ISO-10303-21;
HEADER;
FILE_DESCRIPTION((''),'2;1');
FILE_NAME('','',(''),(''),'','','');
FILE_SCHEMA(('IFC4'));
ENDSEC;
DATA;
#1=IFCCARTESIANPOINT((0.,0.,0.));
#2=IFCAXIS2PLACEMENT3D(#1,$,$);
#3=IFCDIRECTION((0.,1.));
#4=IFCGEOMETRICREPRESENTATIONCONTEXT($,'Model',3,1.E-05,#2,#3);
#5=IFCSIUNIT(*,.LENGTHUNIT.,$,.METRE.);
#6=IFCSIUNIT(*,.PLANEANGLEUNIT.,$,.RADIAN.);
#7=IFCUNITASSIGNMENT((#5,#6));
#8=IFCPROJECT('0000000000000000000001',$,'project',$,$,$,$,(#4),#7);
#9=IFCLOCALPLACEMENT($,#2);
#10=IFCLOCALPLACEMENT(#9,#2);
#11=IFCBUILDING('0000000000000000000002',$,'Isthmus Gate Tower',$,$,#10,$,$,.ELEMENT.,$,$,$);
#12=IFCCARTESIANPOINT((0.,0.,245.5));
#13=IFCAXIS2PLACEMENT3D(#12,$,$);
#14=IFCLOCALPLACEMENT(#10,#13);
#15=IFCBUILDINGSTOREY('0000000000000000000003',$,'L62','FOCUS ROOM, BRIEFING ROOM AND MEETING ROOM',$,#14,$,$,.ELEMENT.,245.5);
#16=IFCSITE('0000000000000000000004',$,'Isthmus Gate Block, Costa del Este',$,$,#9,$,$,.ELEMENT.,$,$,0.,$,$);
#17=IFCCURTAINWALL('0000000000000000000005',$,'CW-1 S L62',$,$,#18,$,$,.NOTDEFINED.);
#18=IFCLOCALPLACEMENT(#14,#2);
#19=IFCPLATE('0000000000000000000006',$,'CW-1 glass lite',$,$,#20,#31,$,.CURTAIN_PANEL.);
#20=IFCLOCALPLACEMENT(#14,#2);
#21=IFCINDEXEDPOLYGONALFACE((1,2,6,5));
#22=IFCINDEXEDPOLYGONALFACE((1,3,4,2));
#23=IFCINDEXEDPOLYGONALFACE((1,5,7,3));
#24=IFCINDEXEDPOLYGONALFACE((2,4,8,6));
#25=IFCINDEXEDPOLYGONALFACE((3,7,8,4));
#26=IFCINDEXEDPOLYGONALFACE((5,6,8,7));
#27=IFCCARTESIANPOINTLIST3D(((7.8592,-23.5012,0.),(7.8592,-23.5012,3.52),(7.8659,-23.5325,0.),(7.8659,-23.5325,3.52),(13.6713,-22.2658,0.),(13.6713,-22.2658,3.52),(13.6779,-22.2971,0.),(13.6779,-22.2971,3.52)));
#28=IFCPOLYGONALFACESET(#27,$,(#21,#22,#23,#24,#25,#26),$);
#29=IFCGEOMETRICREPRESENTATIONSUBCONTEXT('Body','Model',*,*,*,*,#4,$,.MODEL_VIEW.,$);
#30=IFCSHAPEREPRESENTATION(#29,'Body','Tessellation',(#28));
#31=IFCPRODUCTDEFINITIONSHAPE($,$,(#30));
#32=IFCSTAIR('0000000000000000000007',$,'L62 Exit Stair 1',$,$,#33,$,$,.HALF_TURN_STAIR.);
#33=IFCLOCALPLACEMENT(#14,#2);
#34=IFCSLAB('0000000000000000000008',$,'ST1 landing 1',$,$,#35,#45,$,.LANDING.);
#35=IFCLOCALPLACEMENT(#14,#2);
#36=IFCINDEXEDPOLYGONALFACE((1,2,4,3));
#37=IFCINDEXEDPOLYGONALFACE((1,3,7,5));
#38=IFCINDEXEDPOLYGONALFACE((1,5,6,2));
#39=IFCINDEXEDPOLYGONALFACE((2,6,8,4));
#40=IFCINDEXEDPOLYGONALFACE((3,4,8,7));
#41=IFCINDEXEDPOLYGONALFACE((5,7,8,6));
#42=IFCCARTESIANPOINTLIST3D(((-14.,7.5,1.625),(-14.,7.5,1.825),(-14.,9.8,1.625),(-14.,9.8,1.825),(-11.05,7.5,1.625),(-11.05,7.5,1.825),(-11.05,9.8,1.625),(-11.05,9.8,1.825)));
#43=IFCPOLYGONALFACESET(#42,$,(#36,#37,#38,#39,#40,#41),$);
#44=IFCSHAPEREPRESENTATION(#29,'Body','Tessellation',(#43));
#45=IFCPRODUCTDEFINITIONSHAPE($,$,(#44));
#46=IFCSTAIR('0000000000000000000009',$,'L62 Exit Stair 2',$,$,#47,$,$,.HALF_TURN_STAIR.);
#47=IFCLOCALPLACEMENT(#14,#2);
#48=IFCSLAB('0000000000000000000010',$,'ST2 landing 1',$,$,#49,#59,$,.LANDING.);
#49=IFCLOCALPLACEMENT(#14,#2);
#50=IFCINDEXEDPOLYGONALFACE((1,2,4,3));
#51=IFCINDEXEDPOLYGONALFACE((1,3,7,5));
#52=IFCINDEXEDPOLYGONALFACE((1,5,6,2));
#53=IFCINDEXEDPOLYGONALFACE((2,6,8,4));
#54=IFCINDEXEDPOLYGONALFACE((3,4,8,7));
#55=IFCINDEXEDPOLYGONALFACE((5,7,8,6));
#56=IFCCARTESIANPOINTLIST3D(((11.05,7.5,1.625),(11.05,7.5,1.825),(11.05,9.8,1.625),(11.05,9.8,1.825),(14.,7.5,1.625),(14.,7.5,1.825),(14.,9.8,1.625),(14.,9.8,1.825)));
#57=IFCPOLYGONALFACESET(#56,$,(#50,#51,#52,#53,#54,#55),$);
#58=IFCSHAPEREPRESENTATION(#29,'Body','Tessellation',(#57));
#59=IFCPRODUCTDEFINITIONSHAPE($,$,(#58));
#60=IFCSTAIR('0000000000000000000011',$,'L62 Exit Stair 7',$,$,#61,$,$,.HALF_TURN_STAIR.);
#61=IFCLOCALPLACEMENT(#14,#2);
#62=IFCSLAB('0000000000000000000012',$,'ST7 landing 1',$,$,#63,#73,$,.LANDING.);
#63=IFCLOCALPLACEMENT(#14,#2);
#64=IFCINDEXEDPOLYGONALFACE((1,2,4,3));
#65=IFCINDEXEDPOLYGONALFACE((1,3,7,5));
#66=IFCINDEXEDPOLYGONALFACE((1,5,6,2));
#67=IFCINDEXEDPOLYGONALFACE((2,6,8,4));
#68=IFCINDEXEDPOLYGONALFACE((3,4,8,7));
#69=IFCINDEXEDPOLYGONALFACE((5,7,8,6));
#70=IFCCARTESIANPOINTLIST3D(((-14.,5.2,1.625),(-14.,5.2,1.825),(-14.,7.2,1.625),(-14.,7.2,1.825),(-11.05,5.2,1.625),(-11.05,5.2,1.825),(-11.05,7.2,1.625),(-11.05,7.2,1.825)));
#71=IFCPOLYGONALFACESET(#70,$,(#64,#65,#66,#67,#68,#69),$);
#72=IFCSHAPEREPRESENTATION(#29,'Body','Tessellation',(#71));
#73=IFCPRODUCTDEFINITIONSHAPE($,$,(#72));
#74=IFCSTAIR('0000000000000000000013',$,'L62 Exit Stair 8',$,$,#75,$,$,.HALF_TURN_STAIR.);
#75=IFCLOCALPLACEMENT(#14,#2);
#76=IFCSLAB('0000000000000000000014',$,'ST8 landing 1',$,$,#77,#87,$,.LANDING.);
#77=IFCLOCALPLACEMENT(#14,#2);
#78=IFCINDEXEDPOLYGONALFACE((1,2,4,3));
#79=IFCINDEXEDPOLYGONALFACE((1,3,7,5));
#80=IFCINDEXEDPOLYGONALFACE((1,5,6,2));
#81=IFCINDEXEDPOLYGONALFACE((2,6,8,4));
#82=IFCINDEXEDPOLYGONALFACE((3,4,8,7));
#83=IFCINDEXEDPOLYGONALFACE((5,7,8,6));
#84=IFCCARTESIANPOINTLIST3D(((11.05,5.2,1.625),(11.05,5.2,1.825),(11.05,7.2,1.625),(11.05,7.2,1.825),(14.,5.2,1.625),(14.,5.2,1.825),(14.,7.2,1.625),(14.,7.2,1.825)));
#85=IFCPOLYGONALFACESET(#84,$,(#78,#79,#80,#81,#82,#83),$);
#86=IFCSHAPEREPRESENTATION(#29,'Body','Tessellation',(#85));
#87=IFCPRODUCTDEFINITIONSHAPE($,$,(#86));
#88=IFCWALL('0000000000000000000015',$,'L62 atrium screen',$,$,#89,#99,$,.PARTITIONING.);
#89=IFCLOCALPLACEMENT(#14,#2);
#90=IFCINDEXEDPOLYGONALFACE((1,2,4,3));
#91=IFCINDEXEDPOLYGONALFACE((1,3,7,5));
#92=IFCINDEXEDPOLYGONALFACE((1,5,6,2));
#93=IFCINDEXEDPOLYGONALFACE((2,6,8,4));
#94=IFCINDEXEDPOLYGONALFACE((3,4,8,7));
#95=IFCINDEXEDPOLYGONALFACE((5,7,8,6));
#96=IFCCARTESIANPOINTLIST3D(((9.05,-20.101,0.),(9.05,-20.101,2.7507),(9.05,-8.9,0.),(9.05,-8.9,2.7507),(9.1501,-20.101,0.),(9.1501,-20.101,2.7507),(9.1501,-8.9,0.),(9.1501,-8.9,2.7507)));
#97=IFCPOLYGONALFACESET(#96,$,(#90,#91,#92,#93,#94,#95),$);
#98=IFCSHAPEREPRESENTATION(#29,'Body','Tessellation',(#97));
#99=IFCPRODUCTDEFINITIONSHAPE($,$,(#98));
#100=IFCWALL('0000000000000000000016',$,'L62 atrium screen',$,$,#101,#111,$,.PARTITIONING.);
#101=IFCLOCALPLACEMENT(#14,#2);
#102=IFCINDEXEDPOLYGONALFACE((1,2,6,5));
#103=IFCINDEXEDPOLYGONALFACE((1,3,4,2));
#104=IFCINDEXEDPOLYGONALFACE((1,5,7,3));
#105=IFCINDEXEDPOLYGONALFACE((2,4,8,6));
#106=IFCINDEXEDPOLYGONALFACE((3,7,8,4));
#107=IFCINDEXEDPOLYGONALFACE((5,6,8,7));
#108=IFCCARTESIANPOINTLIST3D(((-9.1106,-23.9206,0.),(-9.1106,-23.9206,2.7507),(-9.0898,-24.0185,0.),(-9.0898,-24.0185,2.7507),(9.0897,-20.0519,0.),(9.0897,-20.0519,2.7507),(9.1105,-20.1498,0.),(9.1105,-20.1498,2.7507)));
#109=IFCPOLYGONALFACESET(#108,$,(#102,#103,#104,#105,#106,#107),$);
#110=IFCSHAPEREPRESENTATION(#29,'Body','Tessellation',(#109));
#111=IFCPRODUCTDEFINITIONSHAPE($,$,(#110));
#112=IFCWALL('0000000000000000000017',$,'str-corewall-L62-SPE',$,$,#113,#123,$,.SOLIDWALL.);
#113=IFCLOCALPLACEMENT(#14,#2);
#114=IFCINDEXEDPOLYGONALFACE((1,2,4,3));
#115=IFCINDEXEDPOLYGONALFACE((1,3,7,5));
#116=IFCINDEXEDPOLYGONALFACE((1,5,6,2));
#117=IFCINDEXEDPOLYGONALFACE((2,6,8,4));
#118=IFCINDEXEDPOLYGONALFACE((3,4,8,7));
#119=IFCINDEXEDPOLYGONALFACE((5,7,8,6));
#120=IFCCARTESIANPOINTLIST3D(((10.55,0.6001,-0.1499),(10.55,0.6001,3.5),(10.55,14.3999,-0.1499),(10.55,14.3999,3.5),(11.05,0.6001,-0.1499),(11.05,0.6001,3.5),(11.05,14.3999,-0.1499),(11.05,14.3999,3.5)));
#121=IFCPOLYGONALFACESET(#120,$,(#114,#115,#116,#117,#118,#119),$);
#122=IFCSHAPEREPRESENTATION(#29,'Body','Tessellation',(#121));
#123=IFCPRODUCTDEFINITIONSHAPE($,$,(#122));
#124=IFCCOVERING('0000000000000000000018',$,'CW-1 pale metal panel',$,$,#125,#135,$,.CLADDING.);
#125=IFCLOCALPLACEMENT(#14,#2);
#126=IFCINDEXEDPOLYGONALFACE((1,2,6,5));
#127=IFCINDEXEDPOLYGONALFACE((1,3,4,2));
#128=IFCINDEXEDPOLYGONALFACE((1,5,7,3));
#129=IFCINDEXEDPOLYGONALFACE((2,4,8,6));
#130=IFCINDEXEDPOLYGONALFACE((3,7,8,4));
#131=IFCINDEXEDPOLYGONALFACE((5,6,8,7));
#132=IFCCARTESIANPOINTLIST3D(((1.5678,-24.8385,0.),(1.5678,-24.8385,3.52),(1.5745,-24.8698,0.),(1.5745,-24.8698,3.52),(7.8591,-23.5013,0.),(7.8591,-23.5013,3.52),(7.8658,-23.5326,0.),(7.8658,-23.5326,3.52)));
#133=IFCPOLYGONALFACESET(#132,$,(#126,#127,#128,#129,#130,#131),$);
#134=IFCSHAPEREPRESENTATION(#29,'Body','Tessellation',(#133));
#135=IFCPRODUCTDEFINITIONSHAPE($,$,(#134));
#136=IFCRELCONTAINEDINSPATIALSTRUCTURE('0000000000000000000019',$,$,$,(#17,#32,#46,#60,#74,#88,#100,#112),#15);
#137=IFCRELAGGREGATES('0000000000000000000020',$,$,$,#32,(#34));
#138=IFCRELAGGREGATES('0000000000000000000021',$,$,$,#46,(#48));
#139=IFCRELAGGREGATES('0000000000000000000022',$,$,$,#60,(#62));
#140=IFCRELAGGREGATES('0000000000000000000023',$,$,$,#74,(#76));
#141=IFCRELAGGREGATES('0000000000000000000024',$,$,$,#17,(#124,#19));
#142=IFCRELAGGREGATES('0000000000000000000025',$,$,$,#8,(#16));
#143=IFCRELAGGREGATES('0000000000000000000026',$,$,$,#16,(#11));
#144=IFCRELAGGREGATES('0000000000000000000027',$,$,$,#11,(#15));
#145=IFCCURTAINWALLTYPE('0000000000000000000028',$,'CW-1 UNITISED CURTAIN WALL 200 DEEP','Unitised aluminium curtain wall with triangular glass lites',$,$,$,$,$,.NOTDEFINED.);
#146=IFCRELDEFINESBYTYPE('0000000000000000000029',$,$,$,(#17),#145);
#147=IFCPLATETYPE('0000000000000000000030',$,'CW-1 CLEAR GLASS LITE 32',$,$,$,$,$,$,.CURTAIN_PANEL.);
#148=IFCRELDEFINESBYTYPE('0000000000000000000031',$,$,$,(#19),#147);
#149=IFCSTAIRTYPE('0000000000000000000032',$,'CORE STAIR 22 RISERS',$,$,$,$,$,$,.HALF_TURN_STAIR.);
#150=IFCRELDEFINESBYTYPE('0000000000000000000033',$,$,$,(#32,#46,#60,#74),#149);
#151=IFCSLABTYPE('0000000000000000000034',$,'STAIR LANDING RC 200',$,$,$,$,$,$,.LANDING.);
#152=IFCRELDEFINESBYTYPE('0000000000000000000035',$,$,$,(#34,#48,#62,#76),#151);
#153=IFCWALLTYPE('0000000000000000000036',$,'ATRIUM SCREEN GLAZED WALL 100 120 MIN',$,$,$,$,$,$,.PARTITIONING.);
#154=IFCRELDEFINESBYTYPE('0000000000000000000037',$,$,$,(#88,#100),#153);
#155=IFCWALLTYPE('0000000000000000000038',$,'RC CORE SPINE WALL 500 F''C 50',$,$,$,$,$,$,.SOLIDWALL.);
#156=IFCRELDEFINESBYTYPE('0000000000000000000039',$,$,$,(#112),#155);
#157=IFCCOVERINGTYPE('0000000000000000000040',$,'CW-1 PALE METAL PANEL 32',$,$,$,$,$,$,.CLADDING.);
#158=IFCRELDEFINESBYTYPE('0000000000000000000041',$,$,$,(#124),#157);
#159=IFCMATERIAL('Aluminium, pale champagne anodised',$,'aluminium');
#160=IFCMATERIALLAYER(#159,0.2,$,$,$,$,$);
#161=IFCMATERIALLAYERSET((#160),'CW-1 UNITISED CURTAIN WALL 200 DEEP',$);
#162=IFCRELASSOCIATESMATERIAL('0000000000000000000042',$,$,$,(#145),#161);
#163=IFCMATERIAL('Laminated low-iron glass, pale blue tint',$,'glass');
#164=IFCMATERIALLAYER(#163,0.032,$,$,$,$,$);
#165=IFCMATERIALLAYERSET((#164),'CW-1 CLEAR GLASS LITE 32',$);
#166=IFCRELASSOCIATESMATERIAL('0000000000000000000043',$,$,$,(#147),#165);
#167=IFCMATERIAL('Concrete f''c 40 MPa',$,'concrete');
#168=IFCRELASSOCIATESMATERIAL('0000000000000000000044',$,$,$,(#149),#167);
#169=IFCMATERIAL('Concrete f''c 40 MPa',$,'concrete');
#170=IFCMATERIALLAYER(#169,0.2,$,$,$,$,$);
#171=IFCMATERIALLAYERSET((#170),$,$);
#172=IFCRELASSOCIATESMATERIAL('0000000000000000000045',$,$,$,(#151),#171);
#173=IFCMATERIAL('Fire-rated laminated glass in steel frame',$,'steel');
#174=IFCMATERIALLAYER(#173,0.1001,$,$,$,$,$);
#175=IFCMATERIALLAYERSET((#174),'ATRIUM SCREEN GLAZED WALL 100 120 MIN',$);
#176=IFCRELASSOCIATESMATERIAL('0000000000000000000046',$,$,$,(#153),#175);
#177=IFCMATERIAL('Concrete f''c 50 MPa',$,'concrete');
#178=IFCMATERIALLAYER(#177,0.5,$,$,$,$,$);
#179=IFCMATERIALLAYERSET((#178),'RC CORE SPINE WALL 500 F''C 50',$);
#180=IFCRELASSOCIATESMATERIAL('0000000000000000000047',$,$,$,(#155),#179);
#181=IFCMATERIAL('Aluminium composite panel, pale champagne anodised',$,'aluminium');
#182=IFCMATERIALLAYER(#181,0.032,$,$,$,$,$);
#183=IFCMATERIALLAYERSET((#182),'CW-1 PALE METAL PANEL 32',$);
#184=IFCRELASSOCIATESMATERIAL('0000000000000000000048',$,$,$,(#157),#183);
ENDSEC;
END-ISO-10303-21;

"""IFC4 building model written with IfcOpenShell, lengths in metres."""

from ifc_helpers import new_model, si_unit, direction, frame, frame_2d, origin, origin_2d, place, context, subcontext, project, spatial, polyline, rectangle, outline, extrude, material, layer, layer_set, type_object, element, aggregate, save


model = new_model("IFC4")

# Units and contexts
model_context = context("Model", 3, precision=1e-05, world=origin(), true_north=direction((0.0, 1.0)))
body_context = subcontext(model_context, "Body", "Model", "MODEL_VIEW")
ifc_project = project(units=[si_unit("LENGTHUNIT", "METRE"), si_unit("PLANEANGLEUNIT", "RADIAN")], contexts=[model_context])

# Site, building, storey
site_placement = place(None, origin())
site = spatial("IfcSite", under=ifc_project, at=site_placement, Name="Isthmus Gate Block, Costa del Este", CompositionType="ELEMENT", RefElevation=0.0)
building_placement = place(site_placement, origin())
building = spatial("IfcBuilding", under=site, at=building_placement, Name="Isthmus Gate Tower", CompositionType="ELEMENT")
storey_placement = place(building_placement, frame((0.0, 0.0, 245.5)))
storey = spatial("IfcBuildingStorey", under=building, at=storey_placement, Name="L62", Description="FOCUS ROOM, BRIEFING ROOM AND MEETING ROOM", CompositionType="ELEMENT", Elevation=245.5)

# Curtain wall
ifc_material_1 = material(Name="Aluminium, pale champagne anodised", Category="aluminium")
ifc_layer_1 = layer(ifc_material_1, 0.2)
ifc_layer_set_1 = layer_set([ifc_layer_1], Name="CW-1 UNITISED CURTAIN WALL 200 DEEP")
curtain_wall_type = type_object("IfcCurtainWallType", Name="CW-1 UNITISED CURTAIN WALL 200 DEEP", Description="Unitised aluminium curtain wall with triangular glass lites", PredefinedType="NOTDEFINED", material=ifc_layer_set_1)
curtain_wall_placement = place(storey_placement, origin())
curtain_wall = element("IfcCurtainWall", 1, at=curtain_wall_placement, inside=storey, type_object=curtain_wall_type, Name="CW-1 S L62", PredefinedType="NOTDEFINED")

# Plate
ifc_material_2 = material(Name="Laminated low-iron glass, pale blue tint", Category="glass")
ifc_layer_2 = layer(ifc_material_2, 0.032)
ifc_layer_set_2 = layer_set([ifc_layer_2], Name="CW-1 CLEAR GLASS LITE 32")
plate_type = type_object("IfcPlateType", Name="CW-1 CLEAR GLASS LITE 32", PredefinedType="CURTAIN_PANEL", material=ifc_layer_set_2)
plate_placement = place(storey_placement, frame((10.7686, -22.8992, 0.0), z_axis=(0.0, 0.0, 1.0), x_axis=(0.978148, 0.207912, 0.0)))
plate = element("IfcPlate", 2, at=plate_placement, type_object=plate_type, Name="CW-1 glass lite", PredefinedType="CURTAIN_PANEL", context=body_context, shape_type="SweptSolid", body=[
    extrude(rectangle(XDim=5.9419, YDim=0.032, at=origin_2d()), origin(), (0.0, 0.0, 1.0), 3.52),
])

# Stairs, slabs
ifc_material_3 = material(Name="Concrete f'c 40 MPa", Category="concrete")
stair_type = type_object("IfcStairType", Name="CORE STAIR 22 RISERS", PredefinedType="HALF_TURN_STAIR", material=ifc_material_3)
stair_1_placement = place(storey_placement, origin())
stair_1 = element("IfcStair", 3, at=stair_1_placement, inside=storey, type_object=stair_type, Name="L62 Exit Stair 1", PredefinedType="HALF_TURN_STAIR")
ifc_material_4 = material(Name="Concrete f'c 40 MPa", Category="concrete")
ifc_layer_3 = layer(ifc_material_4, 0.2)
ifc_layer_set_3 = layer_set([ifc_layer_3])
slab_type_1 = type_object("IfcSlabType", Name="STAIR LANDING RC 200", PredefinedType="LANDING", material=ifc_layer_set_3)
slab_1_placement = place(storey_placement, frame((0.0, 0.0, 1.625)))
slab_1 = element("IfcSlab", 4, at=slab_1_placement, type_object=slab_type_1, Name="ST1 landing 1", PredefinedType="LANDING", context=body_context, shape_type="SweptSolid", body=[
    extrude(outline(polyline([(-14.0, 9.8), (-14.0, 7.5), (-11.05, 7.5), (-11.05, 9.8), (-14.0, 9.8)])), origin(), (0.0, 0.0, 1.0), 0.2),
])
aggregate(stair_1, [slab_1])
stair_2_placement = place(storey_placement, origin())
stair_2 = element("IfcStair", 5, at=stair_2_placement, inside=storey, type_object=stair_type, Name="L62 Exit Stair 2", PredefinedType="HALF_TURN_STAIR")
slab_2_placement = place(storey_placement, frame((0.0, 0.0, 1.625)))
slab_2 = element("IfcSlab", 6, at=slab_2_placement, type_object=slab_type_1, Name="ST2 landing 1", PredefinedType="LANDING", context=body_context, shape_type="SweptSolid", body=[
    extrude(outline(polyline([(11.05, 9.8), (11.05, 7.5), (14.0, 7.5), (14.0, 9.8), (11.05, 9.8)])), origin(), (0.0, 0.0, 1.0), 0.2),
])
aggregate(stair_2, [slab_2])
stair_3_placement = place(storey_placement, origin())
stair_3 = element("IfcStair", 7, at=stair_3_placement, inside=storey, type_object=stair_type, Name="L62 Exit Stair 7", PredefinedType="HALF_TURN_STAIR")
slab_3_placement = place(storey_placement, frame((0.0, 0.0, 1.625)))
slab_3 = element("IfcSlab", 8, at=slab_3_placement, type_object=slab_type_1, Name="ST7 landing 1", PredefinedType="LANDING", context=body_context, shape_type="SweptSolid", body=[
    extrude(outline(polyline([(-11.05, 5.2), (-11.05, 7.2), (-14.0, 7.2), (-14.0, 5.2), (-11.05, 5.2)])), origin(), (0.0, 0.0, 1.0), 0.2),
])
aggregate(stair_3, [slab_3])
stair_4_placement = place(storey_placement, origin())
stair_4 = element("IfcStair", 9, at=stair_4_placement, inside=storey, type_object=stair_type, Name="L62 Exit Stair 8", PredefinedType="HALF_TURN_STAIR")
slab_4_placement = place(storey_placement, frame((0.0, 0.0, 1.625)))
slab_4 = element("IfcSlab", 10, at=slab_4_placement, type_object=slab_type_1, Name="ST8 landing 1", PredefinedType="LANDING", context=body_context, shape_type="SweptSolid", body=[
    extrude(outline(polyline([(14.0, 5.2), (14.0, 7.2), (11.05, 7.2), (11.05, 5.2), (14.0, 5.2)])), origin(), (0.0, 0.0, 1.0), 0.2),
])
aggregate(stair_4, [slab_4])

# Walls
ifc_material_5 = material(Name="Fire-rated laminated glass in steel frame", Category="steel")
ifc_layer_4 = layer(ifc_material_5, 0.1001)
ifc_layer_set_4 = layer_set([ifc_layer_4], Name="ATRIUM SCREEN GLAZED WALL 100 120 MIN")
wall_type_1 = type_object("IfcWallType", Name="ATRIUM SCREEN GLAZED WALL 100 120 MIN", PredefinedType="PARTITIONING", material=ifc_layer_set_4)
wall_1_placement = place(storey_placement, frame((9.1001, -8.8999, 0.0), z_axis=(0.0, 0.0, 1.0), x_axis=(0.0, -1.0, 0.0)))
element("IfcWall", 11, at=wall_1_placement, inside=storey, type_object=wall_type_1, Name="L62 atrium screen", PredefinedType="PARTITIONING", context=body_context, shape_type="SweptSolid", body=[
    extrude(rectangle(XDim=11.2009, YDim=0.1001, at=frame_2d((5.6006, 0.0))), origin(), (0.0, 0.0, 1.0), 2.7507),
])
wall_2_placement = place(storey_placement, frame((9.1001, -20.1008, 0.0), z_axis=(0.0, 0.0, 1.0), x_axis=(-0.978147, -0.207916, 0.0)))
element("IfcWall", 12, at=wall_2_placement, inside=storey, type_object=wall_type_1, Name="L62 atrium screen", PredefinedType="PARTITIONING", context=body_context, shape_type="SweptSolid", body=[
    extrude(rectangle(XDim=18.6069, YDim=0.1001, at=frame_2d((9.3035, 0.0))), origin(), (0.0, 0.0, 1.0), 2.7507),
])
ifc_material_6 = material(Name="Concrete f'c 50 MPa", Category="concrete")
ifc_layer_5 = layer(ifc_material_6, 0.5)
ifc_layer_set_5 = layer_set([ifc_layer_5], Name="RC CORE SPINE WALL 500 F'C 50")
wall_type_2 = type_object("IfcWallType", Name="RC CORE SPINE WALL 500 F'C 50", PredefinedType="SOLIDWALL", material=ifc_layer_set_5)
wall_3_placement = place(storey_placement, frame((10.8, 0.6001, -0.1499), z_axis=(0.0, 0.0, 1.0), x_axis=(0.0, 1.0, 0.0)))
element("IfcWall", 13, at=wall_3_placement, inside=storey, type_object=wall_type_2, Name="str-corewall-L62-SPE", PredefinedType="SOLIDWALL", context=body_context, shape_type="SweptSolid", body=[
    extrude(rectangle(XDim=13.7998, YDim=0.5, at=frame_2d((6.8999, 0.0))), origin(), (0.0, 0.0, 1.0), 3.6499),
])

# Covering
ifc_material_7 = material(Name="Aluminium composite panel, pale champagne anodised", Category="aluminium")
ifc_layer_6 = layer(ifc_material_7, 0.032)
ifc_layer_set_6 = layer_set([ifc_layer_6], Name="CW-1 PALE METAL PANEL 32")
covering_type = type_object("IfcCoveringType", Name="CW-1 PALE METAL PANEL 32", PredefinedType="CLADDING", material=ifc_layer_set_6)
covering_placement = place(storey_placement, frame((4.7168, -24.1855, 0.0), z_axis=(0.0, 0.0, 1.0), x_axis=(0.978148, 0.207912, 0.0)))
covering = element("IfcCovering", 14, at=covering_placement, type_object=covering_type, Name="CW-1 pale metal panel", PredefinedType="CLADDING", context=body_context, shape_type="SweptSolid", body=[
    extrude(rectangle(XDim=6.4319, YDim=0.032, at=origin_2d()), origin(), (0.0, 0.0, 1.0), 3.52),
])
aggregate(curtain_wall, [covering, plate])

save(model, "model.ifc")
